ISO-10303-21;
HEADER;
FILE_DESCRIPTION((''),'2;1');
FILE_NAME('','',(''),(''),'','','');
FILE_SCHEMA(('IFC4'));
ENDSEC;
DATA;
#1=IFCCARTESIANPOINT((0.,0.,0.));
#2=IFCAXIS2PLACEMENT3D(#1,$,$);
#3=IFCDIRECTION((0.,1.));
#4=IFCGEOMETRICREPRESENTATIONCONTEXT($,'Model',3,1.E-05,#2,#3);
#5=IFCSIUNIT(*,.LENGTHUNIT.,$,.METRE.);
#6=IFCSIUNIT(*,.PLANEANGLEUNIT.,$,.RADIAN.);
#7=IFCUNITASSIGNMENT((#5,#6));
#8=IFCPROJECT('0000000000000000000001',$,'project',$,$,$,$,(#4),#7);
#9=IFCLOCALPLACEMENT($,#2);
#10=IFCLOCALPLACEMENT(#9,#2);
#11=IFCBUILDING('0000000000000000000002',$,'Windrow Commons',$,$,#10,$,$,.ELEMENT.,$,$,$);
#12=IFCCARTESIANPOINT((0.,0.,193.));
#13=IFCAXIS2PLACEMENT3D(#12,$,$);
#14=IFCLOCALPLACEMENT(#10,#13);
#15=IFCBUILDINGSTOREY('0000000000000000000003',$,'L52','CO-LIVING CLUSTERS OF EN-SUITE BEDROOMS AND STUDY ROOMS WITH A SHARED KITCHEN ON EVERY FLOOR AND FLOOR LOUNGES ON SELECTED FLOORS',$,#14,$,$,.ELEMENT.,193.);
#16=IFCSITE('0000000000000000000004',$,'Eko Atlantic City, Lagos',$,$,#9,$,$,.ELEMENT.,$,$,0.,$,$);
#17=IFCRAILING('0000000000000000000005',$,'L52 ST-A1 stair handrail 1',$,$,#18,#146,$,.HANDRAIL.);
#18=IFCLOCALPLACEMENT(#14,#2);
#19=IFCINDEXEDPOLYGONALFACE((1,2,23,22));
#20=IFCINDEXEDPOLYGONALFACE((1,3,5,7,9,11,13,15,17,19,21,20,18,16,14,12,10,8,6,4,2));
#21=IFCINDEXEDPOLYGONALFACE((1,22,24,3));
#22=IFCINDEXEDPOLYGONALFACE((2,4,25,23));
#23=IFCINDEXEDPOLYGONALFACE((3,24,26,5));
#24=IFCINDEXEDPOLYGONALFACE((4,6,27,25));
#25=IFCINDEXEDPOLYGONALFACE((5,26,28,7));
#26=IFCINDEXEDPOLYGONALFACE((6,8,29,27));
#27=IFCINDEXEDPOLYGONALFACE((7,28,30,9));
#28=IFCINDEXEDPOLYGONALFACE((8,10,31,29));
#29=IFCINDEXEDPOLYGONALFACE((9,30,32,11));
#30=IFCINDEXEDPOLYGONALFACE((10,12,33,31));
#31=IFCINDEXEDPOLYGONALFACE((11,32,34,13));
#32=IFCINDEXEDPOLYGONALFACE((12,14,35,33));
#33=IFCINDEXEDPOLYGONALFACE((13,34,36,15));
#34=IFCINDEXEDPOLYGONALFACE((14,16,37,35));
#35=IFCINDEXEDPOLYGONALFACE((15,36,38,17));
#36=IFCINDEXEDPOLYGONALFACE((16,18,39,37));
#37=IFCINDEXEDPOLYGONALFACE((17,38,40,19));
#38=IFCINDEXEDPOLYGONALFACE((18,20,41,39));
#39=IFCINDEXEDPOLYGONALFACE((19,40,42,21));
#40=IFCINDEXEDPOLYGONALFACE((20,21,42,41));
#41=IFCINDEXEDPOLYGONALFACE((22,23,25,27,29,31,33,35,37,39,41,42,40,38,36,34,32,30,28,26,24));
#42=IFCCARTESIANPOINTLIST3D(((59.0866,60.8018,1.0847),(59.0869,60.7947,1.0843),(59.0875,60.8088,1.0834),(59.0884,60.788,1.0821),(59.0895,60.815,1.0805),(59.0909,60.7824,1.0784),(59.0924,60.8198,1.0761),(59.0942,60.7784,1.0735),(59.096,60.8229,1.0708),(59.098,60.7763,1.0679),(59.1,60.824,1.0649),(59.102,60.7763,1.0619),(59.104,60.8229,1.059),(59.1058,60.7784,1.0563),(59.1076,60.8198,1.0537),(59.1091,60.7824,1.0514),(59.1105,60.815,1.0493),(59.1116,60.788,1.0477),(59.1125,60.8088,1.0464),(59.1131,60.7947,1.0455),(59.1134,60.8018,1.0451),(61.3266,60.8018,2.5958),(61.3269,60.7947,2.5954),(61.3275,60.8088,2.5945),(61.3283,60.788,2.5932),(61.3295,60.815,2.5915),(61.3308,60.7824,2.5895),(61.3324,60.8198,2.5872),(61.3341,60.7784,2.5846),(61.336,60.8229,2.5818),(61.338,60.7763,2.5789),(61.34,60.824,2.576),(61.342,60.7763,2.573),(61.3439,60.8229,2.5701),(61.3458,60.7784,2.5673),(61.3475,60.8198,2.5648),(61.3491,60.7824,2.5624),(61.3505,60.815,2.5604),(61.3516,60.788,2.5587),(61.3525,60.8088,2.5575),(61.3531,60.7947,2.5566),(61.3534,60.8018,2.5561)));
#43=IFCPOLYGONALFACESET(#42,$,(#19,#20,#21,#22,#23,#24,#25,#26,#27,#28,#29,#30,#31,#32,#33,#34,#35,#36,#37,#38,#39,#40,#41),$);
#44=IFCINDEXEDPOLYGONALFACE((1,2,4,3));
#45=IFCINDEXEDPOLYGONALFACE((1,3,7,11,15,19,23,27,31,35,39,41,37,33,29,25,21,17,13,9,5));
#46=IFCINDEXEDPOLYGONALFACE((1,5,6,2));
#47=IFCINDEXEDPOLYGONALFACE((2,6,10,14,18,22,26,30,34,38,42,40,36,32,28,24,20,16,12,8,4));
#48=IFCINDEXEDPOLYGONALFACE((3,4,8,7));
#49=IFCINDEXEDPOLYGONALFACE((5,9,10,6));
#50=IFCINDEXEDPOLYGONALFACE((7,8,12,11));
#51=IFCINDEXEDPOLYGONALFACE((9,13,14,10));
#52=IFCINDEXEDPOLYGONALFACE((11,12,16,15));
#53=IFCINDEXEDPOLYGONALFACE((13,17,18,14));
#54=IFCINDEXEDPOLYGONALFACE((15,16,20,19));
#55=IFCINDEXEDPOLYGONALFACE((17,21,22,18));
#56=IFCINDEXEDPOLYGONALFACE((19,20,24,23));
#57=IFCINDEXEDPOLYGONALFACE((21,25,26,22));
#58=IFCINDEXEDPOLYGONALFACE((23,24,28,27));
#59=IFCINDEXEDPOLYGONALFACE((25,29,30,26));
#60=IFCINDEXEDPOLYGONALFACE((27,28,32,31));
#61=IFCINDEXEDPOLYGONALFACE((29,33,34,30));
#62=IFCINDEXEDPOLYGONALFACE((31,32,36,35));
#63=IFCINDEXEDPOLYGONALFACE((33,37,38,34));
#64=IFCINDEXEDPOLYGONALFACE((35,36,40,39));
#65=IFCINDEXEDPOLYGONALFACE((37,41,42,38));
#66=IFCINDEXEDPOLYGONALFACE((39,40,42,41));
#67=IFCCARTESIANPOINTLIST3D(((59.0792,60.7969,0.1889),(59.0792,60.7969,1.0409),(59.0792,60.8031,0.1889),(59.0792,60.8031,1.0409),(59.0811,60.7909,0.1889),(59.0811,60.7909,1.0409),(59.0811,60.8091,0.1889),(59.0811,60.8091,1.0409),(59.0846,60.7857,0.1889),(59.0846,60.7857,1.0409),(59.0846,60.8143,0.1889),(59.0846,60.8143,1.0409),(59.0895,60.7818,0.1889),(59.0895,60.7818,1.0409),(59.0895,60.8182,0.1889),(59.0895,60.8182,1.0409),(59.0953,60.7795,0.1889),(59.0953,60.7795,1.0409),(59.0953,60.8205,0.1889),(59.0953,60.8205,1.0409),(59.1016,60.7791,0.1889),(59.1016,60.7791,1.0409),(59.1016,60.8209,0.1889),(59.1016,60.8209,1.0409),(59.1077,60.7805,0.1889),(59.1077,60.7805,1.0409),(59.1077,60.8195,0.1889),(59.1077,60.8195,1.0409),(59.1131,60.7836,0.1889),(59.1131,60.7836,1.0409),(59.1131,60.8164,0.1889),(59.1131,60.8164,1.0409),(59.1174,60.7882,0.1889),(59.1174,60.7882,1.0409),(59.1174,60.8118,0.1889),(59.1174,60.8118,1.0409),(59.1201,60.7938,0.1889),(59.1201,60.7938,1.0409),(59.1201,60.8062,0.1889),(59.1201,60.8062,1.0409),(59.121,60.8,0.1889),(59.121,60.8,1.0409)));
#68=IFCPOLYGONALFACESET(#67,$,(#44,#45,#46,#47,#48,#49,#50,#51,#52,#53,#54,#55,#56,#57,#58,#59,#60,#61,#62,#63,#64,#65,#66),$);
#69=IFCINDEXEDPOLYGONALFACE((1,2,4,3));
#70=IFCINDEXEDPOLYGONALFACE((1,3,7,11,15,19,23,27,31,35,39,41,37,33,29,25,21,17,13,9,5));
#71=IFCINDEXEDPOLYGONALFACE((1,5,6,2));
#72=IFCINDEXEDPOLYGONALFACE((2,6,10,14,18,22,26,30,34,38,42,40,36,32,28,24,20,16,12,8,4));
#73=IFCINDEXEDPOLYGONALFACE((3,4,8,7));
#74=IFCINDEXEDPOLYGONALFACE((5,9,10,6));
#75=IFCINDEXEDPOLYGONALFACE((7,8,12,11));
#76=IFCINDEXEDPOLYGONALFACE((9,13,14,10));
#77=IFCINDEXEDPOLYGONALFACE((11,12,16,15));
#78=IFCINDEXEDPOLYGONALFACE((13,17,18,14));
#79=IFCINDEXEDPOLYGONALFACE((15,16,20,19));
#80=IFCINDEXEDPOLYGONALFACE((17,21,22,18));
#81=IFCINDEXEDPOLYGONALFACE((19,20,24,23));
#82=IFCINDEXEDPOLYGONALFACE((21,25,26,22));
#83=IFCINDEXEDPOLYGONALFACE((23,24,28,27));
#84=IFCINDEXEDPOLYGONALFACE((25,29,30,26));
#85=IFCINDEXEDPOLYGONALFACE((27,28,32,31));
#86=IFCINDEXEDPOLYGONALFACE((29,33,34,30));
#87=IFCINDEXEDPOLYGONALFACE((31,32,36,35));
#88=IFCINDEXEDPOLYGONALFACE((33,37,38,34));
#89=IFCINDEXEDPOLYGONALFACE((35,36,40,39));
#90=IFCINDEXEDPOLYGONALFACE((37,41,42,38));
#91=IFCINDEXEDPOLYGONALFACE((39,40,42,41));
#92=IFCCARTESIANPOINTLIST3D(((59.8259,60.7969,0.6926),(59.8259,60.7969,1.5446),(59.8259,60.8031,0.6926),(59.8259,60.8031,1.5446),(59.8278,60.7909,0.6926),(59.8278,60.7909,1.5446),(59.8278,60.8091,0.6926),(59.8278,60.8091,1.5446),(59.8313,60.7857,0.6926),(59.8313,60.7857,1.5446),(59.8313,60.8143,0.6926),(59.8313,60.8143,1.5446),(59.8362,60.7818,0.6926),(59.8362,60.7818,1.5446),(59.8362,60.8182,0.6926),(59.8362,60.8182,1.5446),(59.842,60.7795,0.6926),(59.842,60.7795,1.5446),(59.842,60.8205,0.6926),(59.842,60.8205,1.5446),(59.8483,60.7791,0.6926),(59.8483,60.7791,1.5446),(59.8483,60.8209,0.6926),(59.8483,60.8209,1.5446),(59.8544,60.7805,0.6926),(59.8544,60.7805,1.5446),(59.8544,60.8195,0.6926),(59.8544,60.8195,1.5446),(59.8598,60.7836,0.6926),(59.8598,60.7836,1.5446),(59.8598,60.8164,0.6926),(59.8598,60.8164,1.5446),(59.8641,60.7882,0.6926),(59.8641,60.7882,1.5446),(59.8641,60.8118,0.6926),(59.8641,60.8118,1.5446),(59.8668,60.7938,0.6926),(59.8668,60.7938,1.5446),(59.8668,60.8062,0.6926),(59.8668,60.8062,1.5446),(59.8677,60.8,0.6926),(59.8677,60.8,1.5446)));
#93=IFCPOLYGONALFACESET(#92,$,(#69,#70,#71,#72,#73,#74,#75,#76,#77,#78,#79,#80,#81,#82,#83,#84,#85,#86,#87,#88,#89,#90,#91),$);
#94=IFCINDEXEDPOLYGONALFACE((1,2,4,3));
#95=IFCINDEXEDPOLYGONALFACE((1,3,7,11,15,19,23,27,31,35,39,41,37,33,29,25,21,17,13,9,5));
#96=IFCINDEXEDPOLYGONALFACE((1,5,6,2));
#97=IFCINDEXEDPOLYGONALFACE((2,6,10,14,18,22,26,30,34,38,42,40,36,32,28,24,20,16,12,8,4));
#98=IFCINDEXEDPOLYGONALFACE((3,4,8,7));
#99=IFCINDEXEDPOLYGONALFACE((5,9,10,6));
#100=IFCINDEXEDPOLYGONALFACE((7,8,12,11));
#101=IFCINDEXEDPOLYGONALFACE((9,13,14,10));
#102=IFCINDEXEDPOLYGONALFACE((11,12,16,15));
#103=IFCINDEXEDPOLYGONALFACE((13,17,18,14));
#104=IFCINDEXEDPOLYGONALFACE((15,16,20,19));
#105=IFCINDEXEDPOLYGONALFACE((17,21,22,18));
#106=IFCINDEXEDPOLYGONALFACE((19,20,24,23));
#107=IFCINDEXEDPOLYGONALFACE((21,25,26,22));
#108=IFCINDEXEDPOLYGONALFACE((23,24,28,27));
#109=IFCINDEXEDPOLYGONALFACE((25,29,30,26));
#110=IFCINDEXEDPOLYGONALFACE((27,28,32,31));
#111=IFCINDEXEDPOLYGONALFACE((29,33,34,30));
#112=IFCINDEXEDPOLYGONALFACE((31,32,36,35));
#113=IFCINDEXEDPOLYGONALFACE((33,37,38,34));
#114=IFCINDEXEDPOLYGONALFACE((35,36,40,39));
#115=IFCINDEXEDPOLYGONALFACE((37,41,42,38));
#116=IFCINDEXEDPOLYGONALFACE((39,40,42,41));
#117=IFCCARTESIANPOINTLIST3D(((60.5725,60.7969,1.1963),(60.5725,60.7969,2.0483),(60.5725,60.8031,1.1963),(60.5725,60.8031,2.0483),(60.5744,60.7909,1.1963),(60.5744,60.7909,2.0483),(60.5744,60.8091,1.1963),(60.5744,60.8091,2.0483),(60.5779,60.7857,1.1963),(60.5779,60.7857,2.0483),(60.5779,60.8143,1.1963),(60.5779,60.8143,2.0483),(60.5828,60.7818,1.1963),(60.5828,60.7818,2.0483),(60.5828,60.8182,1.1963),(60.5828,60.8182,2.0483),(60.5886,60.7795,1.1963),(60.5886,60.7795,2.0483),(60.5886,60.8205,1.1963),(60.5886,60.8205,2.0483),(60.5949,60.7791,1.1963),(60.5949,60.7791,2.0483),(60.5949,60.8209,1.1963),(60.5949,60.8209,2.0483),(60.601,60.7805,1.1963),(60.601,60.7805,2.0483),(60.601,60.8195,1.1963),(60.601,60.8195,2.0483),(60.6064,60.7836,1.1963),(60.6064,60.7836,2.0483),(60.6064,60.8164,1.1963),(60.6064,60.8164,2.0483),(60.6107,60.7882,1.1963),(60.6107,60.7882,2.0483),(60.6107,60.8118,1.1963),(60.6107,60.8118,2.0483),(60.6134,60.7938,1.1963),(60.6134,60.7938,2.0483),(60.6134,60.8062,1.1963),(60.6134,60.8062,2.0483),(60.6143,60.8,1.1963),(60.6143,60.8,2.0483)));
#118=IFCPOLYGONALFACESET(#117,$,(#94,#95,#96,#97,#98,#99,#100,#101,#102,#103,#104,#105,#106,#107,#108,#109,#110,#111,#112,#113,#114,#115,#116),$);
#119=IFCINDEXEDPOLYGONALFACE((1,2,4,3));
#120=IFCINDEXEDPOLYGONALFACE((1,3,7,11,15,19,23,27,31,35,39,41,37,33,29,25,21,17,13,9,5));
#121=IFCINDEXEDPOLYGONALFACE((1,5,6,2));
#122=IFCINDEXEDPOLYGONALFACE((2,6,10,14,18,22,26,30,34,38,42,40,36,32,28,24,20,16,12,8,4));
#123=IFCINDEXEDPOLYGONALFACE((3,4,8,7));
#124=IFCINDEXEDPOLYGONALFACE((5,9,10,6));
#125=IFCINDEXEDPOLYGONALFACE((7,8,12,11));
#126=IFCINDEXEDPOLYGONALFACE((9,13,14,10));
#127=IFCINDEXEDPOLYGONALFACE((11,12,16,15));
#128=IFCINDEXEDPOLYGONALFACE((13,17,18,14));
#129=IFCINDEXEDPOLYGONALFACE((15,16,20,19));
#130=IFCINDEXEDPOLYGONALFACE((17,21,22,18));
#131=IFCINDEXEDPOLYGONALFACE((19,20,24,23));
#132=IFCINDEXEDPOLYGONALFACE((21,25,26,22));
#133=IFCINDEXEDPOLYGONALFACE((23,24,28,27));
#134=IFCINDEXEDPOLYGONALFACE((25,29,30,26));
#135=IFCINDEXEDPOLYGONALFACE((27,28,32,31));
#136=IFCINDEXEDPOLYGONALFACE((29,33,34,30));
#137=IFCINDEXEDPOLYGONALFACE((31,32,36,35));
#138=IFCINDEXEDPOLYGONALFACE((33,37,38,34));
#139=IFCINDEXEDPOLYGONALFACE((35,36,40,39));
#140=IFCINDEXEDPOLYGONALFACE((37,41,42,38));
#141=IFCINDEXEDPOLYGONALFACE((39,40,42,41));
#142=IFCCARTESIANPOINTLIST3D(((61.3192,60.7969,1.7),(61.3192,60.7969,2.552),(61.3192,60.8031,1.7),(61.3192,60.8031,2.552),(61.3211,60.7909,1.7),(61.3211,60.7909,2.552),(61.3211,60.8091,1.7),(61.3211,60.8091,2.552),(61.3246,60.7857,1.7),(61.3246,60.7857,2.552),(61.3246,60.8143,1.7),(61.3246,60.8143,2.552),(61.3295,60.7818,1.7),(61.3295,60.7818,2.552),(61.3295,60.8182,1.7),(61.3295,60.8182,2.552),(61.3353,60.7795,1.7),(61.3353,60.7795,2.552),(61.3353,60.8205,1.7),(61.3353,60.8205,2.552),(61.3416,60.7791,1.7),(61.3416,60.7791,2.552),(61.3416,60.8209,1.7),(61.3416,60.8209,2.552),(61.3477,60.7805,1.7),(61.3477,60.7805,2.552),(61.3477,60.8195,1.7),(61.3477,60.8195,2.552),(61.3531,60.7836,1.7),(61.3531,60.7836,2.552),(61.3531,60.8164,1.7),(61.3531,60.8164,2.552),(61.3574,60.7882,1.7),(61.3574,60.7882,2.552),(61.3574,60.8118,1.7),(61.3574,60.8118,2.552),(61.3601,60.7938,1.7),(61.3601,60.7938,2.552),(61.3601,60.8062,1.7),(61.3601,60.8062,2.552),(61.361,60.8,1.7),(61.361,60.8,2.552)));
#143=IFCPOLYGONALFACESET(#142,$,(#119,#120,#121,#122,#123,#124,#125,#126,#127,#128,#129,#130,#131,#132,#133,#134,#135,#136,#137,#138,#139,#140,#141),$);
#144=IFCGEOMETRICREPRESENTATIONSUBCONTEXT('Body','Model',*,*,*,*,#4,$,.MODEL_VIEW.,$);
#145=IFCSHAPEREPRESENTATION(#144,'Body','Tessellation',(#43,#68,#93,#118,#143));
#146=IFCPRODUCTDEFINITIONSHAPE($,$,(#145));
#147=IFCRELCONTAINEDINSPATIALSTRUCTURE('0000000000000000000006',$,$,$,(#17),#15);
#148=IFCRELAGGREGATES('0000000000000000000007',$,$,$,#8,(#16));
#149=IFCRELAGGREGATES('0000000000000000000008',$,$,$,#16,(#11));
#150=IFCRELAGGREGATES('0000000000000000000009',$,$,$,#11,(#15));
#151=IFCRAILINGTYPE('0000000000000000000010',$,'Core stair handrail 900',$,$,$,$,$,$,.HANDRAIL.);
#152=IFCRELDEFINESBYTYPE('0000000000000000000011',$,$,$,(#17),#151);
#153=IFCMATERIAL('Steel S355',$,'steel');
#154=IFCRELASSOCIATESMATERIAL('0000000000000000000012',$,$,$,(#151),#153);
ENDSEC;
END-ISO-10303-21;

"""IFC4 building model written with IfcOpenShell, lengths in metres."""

from ifc_helpers import new_model, si_unit, direction, frame, origin, origin_2d, place, context, subcontext, project, spatial, circle, extrude, material, type_object, element, save


model = new_model("IFC4")

# Units and contexts
model_context = context("Model", 3, precision=1e-05, world=origin(), true_north=direction((0.0, 1.0)))
body_context = subcontext(model_context, "Body", "Model", "MODEL_VIEW")
ifc_project = project(units=[si_unit("LENGTHUNIT", "METRE"), si_unit("PLANEANGLEUNIT", "RADIAN")], contexts=[model_context])

# Site, building, storey
site_placement = place(None, origin())
site = spatial("IfcSite", under=ifc_project, at=site_placement, Name="Eko Atlantic City, Lagos", CompositionType="ELEMENT", RefElevation=0.0)
building_placement = place(site_placement, origin())
building = spatial("IfcBuilding", under=site, at=building_placement, Name="Windrow Commons", CompositionType="ELEMENT")
storey_placement = place(building_placement, frame((0.0, 0.0, 193.0)))
storey = spatial("IfcBuildingStorey", under=building, at=storey_placement, Name="L52", Description="CO-LIVING CLUSTERS OF EN-SUITE BEDROOMS AND STUDY ROOMS WITH A SHARED KITCHEN ON EVERY FLOOR AND FLOOR LOUNGES ON SELECTED FLOORS", CompositionType="ELEMENT", Elevation=193.0)

# Railing
ifc_material_1 = material(Name="Steel S355", Category="steel")
railing_type_1 = type_object("IfcRailingType", Name="Core stair handrail 900", PredefinedType="HANDRAIL", material=ifc_material_1)
railing_1_placement = place(storey_placement, frame((59.1, 60.8, 0.1889)))
element("IfcRailing", 1, at=railing_1_placement, inside=storey, type_object=railing_type_1, Name="L52 ST-A1 stair handrail 1", PredefinedType="HANDRAIL", context=body_context, shape_type="SweptSolid", body=[
    extrude(circle(Radius=0.024, at=origin_2d()), frame((0.0, 0.0, 0.876), z_axis=(0.829003, 0.0, 0.559244), x_axis=(0.0, 1.0, 0.0)), (0.0, 0.0, 1.0), 2.702),
    extrude(circle(Radius=0.021, at=origin_2d()), origin(), (0.0, 0.0, 1.0), 0.852),
    extrude(circle(Radius=0.021, at=origin_2d()), frame((0.7467, 0.0, 0.5037)), (0.0, 0.0, 1.0), 0.852),
    extrude(circle(Radius=0.021, at=origin_2d()), frame((1.4933, 0.0, 1.0074)), (0.0, 0.0, 1.0), 0.852),
    extrude(circle(Radius=0.021, at=origin_2d()), frame((2.24, 0.0, 1.5111)), (0.0, 0.0, 1.0), 0.852),
])

save(model, "model.ifc")
